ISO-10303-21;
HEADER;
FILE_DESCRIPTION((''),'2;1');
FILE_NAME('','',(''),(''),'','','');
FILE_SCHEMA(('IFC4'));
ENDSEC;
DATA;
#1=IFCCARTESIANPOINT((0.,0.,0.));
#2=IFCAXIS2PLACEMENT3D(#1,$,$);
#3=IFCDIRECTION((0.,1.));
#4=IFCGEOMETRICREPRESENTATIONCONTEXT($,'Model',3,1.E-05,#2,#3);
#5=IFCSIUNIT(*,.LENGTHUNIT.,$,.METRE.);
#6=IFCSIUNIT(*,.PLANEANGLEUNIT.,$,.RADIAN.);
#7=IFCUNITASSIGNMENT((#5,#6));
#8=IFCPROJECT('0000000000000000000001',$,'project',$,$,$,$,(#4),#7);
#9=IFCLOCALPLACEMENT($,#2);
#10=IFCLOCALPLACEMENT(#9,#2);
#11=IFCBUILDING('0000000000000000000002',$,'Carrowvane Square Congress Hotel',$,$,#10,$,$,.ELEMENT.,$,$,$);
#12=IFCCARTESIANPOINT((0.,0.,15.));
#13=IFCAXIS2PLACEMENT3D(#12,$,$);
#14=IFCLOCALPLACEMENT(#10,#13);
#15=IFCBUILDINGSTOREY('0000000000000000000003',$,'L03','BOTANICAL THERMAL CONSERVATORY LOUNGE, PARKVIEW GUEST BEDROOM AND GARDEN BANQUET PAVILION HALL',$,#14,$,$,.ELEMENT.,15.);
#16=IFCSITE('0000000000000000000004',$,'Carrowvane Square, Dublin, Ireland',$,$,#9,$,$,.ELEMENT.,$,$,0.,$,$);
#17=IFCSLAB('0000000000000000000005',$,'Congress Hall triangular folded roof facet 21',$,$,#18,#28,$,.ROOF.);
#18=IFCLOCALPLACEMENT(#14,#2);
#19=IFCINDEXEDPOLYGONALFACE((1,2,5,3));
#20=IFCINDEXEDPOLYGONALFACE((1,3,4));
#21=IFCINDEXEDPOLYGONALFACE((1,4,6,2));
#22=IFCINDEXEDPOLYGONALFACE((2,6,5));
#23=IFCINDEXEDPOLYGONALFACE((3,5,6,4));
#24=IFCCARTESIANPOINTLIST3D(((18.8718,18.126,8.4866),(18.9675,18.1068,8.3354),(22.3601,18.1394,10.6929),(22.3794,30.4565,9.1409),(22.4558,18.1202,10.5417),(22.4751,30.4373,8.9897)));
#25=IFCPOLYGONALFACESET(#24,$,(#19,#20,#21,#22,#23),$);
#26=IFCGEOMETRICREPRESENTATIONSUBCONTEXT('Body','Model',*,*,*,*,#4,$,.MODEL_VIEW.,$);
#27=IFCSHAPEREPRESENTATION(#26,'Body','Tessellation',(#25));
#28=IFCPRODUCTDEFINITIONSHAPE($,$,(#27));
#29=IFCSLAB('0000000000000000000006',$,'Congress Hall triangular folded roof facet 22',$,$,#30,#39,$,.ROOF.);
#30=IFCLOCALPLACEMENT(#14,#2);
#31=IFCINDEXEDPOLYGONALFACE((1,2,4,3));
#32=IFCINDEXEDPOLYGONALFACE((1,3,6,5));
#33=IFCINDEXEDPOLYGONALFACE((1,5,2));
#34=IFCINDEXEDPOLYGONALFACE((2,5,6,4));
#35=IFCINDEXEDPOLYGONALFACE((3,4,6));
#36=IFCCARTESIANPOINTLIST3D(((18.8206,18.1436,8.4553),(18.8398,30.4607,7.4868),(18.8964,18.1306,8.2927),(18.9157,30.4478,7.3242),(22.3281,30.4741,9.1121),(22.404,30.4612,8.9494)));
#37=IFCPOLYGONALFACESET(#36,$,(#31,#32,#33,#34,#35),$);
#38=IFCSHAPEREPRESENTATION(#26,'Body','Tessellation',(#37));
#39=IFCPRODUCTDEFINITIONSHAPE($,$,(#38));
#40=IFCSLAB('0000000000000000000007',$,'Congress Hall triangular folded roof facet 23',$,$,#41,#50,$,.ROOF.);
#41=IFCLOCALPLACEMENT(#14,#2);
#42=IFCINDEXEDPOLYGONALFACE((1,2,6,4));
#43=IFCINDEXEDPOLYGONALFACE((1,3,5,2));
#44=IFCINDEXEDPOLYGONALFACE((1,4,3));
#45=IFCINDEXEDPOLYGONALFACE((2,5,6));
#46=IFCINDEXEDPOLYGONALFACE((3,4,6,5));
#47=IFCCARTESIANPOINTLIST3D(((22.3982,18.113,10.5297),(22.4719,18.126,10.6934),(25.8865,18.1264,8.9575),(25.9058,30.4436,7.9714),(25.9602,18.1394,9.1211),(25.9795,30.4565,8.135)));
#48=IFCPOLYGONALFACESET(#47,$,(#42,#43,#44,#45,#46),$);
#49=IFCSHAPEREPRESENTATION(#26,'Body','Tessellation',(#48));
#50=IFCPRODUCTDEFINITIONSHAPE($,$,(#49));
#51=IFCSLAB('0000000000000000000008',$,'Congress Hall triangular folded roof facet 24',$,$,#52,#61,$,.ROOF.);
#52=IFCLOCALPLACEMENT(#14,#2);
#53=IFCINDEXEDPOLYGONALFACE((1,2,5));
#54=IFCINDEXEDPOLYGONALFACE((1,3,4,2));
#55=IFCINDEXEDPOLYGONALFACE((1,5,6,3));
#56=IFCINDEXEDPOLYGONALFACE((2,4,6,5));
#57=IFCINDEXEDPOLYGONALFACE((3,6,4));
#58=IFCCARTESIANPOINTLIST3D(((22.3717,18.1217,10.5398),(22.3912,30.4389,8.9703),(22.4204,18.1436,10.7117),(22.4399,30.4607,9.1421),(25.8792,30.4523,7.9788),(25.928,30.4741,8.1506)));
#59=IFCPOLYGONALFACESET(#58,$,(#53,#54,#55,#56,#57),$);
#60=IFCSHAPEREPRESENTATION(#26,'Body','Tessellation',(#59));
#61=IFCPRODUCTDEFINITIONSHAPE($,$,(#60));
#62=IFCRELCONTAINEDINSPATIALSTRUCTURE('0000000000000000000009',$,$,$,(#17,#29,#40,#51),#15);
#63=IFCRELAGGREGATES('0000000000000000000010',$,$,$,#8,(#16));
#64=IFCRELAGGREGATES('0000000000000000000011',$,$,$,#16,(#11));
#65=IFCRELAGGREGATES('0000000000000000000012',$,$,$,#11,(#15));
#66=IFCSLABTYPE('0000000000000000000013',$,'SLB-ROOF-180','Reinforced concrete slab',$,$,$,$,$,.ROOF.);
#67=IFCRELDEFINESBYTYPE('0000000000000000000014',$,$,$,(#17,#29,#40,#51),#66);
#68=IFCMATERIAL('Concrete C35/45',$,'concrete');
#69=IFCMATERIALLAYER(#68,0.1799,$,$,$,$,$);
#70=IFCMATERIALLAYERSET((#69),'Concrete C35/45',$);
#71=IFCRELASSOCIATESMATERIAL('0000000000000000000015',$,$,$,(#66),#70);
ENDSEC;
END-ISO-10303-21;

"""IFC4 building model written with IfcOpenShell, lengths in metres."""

from ifc_helpers import new_model, si_unit, direction, frame, origin, place, context, subcontext, project, spatial, polyline, outline, extrude, material, layer, layer_set, type_object, element, save


model = new_model("IFC4")

# Units and contexts
model_context = context("Model", 3, precision=1e-05, world=origin(), true_north=direction((0.0, 1.0)))
body_context = subcontext(model_context, "Body", "Model", "MODEL_VIEW")
ifc_project = project(units=[si_unit("LENGTHUNIT", "METRE"), si_unit("PLANEANGLEUNIT", "RADIAN")], contexts=[model_context])

# Site, building, storey
site_placement = place(None, origin())
site = spatial("IfcSite", under=ifc_project, at=site_placement, Name="Carrowvane Square, Dublin, Ireland", CompositionType="ELEMENT", RefElevation=0.0)
building_placement = place(site_placement, origin())
building = spatial("IfcBuilding", under=site, at=building_placement, Name="Carrowvane Square Congress Hotel", CompositionType="ELEMENT")
storey_placement = place(building_placement, frame((0.0, 0.0, 15.0)))
storey = spatial("IfcBuildingStorey", under=building, at=storey_placement, Name="L03", Description="BOTANICAL THERMAL CONSERVATORY LOUNGE, PARKVIEW GUEST BEDROOM AND GARDEN BANQUET PAVILION HALL", CompositionType="ELEMENT", Elevation=15.0)

# Slabs
ifc_material_1 = material(Name="Concrete C35/45", Category="concrete")
ifc_layer_1 = layer(ifc_material_1, 0.1799)
ifc_layer_set_1 = layer_set([ifc_layer_1], Name="Concrete C35/45")
slab_type = type_object("IfcSlabType", Name="SLB-ROOF-180", Description="Reinforced concrete slab", PredefinedType="ROOF", material=ifc_layer_set_1)
slab_1_placement = place(storey_placement, frame((18.8718, 18.126, 8.4866), z_axis=(-0.531785, 0.106692, 0.840132), x_axis=(0.845137, 0.003253, 0.53454)))
element("IfcSlab", 1, at=slab_1_placement, inside=storey, type_object=slab_type, Name="Congress Hall triangular folded roof facet 21", PredefinedType="ROOF", context=body_context, shape_type="SweptSolid", body=[
    extrude(outline(polyline([(0.0, 0.0), (4.1275, 0.0), (3.3542, 12.3904), (0.0, 0.0)])), origin(), (0.0, 0.0, -1.0), 0.1799),
])
slab_2_placement = place(storey_placement, frame((18.8206, 18.1436, 8.4553), z_axis=(-0.421465, 0.071742, 0.904002), x_axis=(0.273248, 0.960582, 0.051162)))
element("IfcSlab", 2, at=slab_2_placement, inside=storey, type_object=slab_type, Name="Congress Hall triangular folded roof facet 22", PredefinedType="ROOF", context=body_context, shape_type="SweptSolid", body=[
    extrude(outline(polyline([(0.0, 0.0), (12.8366, 0.0), (11.7873, 3.7025), (0.0, 0.0)])), origin(), (0.0, 0.0, -1.0), 0.1799),
])
slab_3_placement = place(storey_placement, frame((22.4719, 18.126, 10.6934), z_axis=(0.409614, 0.072163, 0.9094), x_axis=(0.911667, 0.003509, -0.410914)))
element("IfcSlab", 3, at=slab_3_placement, inside=storey, type_object=slab_type, Name="Congress Hall triangular folded roof facet 23", PredefinedType="ROOF", context=body_context, shape_type="SweptSolid", body=[
    extrude(outline(polyline([(0.0, 0.0), (3.8263, 0.0), (4.2923, 12.3478), (0.0, 0.0)])), origin(), (0.0, 0.0, -1.0), 0.1799),
])
slab_4_placement = place(storey_placement, frame((22.4204, 18.1436, 10.7117), z_axis=(0.270964, 0.121257, 0.954922), x_axis=(0.268305, 0.943205, -0.195902)))
element("IfcSlab", 4, at=slab_4_placement, inside=storey, type_object=slab_type, Name="Congress Hall triangular folded roof facet 24", PredefinedType="ROOF", context=body_context, shape_type="SweptSolid", body=[
    extrude(outline(polyline([(0.0, 0.0), (13.0731, 0.0), (11.9303, 3.4415), (0.0, 0.0)])), origin(), (0.0, 0.0, -1.0), 0.1799),
])

save(model, "model.ifc")
